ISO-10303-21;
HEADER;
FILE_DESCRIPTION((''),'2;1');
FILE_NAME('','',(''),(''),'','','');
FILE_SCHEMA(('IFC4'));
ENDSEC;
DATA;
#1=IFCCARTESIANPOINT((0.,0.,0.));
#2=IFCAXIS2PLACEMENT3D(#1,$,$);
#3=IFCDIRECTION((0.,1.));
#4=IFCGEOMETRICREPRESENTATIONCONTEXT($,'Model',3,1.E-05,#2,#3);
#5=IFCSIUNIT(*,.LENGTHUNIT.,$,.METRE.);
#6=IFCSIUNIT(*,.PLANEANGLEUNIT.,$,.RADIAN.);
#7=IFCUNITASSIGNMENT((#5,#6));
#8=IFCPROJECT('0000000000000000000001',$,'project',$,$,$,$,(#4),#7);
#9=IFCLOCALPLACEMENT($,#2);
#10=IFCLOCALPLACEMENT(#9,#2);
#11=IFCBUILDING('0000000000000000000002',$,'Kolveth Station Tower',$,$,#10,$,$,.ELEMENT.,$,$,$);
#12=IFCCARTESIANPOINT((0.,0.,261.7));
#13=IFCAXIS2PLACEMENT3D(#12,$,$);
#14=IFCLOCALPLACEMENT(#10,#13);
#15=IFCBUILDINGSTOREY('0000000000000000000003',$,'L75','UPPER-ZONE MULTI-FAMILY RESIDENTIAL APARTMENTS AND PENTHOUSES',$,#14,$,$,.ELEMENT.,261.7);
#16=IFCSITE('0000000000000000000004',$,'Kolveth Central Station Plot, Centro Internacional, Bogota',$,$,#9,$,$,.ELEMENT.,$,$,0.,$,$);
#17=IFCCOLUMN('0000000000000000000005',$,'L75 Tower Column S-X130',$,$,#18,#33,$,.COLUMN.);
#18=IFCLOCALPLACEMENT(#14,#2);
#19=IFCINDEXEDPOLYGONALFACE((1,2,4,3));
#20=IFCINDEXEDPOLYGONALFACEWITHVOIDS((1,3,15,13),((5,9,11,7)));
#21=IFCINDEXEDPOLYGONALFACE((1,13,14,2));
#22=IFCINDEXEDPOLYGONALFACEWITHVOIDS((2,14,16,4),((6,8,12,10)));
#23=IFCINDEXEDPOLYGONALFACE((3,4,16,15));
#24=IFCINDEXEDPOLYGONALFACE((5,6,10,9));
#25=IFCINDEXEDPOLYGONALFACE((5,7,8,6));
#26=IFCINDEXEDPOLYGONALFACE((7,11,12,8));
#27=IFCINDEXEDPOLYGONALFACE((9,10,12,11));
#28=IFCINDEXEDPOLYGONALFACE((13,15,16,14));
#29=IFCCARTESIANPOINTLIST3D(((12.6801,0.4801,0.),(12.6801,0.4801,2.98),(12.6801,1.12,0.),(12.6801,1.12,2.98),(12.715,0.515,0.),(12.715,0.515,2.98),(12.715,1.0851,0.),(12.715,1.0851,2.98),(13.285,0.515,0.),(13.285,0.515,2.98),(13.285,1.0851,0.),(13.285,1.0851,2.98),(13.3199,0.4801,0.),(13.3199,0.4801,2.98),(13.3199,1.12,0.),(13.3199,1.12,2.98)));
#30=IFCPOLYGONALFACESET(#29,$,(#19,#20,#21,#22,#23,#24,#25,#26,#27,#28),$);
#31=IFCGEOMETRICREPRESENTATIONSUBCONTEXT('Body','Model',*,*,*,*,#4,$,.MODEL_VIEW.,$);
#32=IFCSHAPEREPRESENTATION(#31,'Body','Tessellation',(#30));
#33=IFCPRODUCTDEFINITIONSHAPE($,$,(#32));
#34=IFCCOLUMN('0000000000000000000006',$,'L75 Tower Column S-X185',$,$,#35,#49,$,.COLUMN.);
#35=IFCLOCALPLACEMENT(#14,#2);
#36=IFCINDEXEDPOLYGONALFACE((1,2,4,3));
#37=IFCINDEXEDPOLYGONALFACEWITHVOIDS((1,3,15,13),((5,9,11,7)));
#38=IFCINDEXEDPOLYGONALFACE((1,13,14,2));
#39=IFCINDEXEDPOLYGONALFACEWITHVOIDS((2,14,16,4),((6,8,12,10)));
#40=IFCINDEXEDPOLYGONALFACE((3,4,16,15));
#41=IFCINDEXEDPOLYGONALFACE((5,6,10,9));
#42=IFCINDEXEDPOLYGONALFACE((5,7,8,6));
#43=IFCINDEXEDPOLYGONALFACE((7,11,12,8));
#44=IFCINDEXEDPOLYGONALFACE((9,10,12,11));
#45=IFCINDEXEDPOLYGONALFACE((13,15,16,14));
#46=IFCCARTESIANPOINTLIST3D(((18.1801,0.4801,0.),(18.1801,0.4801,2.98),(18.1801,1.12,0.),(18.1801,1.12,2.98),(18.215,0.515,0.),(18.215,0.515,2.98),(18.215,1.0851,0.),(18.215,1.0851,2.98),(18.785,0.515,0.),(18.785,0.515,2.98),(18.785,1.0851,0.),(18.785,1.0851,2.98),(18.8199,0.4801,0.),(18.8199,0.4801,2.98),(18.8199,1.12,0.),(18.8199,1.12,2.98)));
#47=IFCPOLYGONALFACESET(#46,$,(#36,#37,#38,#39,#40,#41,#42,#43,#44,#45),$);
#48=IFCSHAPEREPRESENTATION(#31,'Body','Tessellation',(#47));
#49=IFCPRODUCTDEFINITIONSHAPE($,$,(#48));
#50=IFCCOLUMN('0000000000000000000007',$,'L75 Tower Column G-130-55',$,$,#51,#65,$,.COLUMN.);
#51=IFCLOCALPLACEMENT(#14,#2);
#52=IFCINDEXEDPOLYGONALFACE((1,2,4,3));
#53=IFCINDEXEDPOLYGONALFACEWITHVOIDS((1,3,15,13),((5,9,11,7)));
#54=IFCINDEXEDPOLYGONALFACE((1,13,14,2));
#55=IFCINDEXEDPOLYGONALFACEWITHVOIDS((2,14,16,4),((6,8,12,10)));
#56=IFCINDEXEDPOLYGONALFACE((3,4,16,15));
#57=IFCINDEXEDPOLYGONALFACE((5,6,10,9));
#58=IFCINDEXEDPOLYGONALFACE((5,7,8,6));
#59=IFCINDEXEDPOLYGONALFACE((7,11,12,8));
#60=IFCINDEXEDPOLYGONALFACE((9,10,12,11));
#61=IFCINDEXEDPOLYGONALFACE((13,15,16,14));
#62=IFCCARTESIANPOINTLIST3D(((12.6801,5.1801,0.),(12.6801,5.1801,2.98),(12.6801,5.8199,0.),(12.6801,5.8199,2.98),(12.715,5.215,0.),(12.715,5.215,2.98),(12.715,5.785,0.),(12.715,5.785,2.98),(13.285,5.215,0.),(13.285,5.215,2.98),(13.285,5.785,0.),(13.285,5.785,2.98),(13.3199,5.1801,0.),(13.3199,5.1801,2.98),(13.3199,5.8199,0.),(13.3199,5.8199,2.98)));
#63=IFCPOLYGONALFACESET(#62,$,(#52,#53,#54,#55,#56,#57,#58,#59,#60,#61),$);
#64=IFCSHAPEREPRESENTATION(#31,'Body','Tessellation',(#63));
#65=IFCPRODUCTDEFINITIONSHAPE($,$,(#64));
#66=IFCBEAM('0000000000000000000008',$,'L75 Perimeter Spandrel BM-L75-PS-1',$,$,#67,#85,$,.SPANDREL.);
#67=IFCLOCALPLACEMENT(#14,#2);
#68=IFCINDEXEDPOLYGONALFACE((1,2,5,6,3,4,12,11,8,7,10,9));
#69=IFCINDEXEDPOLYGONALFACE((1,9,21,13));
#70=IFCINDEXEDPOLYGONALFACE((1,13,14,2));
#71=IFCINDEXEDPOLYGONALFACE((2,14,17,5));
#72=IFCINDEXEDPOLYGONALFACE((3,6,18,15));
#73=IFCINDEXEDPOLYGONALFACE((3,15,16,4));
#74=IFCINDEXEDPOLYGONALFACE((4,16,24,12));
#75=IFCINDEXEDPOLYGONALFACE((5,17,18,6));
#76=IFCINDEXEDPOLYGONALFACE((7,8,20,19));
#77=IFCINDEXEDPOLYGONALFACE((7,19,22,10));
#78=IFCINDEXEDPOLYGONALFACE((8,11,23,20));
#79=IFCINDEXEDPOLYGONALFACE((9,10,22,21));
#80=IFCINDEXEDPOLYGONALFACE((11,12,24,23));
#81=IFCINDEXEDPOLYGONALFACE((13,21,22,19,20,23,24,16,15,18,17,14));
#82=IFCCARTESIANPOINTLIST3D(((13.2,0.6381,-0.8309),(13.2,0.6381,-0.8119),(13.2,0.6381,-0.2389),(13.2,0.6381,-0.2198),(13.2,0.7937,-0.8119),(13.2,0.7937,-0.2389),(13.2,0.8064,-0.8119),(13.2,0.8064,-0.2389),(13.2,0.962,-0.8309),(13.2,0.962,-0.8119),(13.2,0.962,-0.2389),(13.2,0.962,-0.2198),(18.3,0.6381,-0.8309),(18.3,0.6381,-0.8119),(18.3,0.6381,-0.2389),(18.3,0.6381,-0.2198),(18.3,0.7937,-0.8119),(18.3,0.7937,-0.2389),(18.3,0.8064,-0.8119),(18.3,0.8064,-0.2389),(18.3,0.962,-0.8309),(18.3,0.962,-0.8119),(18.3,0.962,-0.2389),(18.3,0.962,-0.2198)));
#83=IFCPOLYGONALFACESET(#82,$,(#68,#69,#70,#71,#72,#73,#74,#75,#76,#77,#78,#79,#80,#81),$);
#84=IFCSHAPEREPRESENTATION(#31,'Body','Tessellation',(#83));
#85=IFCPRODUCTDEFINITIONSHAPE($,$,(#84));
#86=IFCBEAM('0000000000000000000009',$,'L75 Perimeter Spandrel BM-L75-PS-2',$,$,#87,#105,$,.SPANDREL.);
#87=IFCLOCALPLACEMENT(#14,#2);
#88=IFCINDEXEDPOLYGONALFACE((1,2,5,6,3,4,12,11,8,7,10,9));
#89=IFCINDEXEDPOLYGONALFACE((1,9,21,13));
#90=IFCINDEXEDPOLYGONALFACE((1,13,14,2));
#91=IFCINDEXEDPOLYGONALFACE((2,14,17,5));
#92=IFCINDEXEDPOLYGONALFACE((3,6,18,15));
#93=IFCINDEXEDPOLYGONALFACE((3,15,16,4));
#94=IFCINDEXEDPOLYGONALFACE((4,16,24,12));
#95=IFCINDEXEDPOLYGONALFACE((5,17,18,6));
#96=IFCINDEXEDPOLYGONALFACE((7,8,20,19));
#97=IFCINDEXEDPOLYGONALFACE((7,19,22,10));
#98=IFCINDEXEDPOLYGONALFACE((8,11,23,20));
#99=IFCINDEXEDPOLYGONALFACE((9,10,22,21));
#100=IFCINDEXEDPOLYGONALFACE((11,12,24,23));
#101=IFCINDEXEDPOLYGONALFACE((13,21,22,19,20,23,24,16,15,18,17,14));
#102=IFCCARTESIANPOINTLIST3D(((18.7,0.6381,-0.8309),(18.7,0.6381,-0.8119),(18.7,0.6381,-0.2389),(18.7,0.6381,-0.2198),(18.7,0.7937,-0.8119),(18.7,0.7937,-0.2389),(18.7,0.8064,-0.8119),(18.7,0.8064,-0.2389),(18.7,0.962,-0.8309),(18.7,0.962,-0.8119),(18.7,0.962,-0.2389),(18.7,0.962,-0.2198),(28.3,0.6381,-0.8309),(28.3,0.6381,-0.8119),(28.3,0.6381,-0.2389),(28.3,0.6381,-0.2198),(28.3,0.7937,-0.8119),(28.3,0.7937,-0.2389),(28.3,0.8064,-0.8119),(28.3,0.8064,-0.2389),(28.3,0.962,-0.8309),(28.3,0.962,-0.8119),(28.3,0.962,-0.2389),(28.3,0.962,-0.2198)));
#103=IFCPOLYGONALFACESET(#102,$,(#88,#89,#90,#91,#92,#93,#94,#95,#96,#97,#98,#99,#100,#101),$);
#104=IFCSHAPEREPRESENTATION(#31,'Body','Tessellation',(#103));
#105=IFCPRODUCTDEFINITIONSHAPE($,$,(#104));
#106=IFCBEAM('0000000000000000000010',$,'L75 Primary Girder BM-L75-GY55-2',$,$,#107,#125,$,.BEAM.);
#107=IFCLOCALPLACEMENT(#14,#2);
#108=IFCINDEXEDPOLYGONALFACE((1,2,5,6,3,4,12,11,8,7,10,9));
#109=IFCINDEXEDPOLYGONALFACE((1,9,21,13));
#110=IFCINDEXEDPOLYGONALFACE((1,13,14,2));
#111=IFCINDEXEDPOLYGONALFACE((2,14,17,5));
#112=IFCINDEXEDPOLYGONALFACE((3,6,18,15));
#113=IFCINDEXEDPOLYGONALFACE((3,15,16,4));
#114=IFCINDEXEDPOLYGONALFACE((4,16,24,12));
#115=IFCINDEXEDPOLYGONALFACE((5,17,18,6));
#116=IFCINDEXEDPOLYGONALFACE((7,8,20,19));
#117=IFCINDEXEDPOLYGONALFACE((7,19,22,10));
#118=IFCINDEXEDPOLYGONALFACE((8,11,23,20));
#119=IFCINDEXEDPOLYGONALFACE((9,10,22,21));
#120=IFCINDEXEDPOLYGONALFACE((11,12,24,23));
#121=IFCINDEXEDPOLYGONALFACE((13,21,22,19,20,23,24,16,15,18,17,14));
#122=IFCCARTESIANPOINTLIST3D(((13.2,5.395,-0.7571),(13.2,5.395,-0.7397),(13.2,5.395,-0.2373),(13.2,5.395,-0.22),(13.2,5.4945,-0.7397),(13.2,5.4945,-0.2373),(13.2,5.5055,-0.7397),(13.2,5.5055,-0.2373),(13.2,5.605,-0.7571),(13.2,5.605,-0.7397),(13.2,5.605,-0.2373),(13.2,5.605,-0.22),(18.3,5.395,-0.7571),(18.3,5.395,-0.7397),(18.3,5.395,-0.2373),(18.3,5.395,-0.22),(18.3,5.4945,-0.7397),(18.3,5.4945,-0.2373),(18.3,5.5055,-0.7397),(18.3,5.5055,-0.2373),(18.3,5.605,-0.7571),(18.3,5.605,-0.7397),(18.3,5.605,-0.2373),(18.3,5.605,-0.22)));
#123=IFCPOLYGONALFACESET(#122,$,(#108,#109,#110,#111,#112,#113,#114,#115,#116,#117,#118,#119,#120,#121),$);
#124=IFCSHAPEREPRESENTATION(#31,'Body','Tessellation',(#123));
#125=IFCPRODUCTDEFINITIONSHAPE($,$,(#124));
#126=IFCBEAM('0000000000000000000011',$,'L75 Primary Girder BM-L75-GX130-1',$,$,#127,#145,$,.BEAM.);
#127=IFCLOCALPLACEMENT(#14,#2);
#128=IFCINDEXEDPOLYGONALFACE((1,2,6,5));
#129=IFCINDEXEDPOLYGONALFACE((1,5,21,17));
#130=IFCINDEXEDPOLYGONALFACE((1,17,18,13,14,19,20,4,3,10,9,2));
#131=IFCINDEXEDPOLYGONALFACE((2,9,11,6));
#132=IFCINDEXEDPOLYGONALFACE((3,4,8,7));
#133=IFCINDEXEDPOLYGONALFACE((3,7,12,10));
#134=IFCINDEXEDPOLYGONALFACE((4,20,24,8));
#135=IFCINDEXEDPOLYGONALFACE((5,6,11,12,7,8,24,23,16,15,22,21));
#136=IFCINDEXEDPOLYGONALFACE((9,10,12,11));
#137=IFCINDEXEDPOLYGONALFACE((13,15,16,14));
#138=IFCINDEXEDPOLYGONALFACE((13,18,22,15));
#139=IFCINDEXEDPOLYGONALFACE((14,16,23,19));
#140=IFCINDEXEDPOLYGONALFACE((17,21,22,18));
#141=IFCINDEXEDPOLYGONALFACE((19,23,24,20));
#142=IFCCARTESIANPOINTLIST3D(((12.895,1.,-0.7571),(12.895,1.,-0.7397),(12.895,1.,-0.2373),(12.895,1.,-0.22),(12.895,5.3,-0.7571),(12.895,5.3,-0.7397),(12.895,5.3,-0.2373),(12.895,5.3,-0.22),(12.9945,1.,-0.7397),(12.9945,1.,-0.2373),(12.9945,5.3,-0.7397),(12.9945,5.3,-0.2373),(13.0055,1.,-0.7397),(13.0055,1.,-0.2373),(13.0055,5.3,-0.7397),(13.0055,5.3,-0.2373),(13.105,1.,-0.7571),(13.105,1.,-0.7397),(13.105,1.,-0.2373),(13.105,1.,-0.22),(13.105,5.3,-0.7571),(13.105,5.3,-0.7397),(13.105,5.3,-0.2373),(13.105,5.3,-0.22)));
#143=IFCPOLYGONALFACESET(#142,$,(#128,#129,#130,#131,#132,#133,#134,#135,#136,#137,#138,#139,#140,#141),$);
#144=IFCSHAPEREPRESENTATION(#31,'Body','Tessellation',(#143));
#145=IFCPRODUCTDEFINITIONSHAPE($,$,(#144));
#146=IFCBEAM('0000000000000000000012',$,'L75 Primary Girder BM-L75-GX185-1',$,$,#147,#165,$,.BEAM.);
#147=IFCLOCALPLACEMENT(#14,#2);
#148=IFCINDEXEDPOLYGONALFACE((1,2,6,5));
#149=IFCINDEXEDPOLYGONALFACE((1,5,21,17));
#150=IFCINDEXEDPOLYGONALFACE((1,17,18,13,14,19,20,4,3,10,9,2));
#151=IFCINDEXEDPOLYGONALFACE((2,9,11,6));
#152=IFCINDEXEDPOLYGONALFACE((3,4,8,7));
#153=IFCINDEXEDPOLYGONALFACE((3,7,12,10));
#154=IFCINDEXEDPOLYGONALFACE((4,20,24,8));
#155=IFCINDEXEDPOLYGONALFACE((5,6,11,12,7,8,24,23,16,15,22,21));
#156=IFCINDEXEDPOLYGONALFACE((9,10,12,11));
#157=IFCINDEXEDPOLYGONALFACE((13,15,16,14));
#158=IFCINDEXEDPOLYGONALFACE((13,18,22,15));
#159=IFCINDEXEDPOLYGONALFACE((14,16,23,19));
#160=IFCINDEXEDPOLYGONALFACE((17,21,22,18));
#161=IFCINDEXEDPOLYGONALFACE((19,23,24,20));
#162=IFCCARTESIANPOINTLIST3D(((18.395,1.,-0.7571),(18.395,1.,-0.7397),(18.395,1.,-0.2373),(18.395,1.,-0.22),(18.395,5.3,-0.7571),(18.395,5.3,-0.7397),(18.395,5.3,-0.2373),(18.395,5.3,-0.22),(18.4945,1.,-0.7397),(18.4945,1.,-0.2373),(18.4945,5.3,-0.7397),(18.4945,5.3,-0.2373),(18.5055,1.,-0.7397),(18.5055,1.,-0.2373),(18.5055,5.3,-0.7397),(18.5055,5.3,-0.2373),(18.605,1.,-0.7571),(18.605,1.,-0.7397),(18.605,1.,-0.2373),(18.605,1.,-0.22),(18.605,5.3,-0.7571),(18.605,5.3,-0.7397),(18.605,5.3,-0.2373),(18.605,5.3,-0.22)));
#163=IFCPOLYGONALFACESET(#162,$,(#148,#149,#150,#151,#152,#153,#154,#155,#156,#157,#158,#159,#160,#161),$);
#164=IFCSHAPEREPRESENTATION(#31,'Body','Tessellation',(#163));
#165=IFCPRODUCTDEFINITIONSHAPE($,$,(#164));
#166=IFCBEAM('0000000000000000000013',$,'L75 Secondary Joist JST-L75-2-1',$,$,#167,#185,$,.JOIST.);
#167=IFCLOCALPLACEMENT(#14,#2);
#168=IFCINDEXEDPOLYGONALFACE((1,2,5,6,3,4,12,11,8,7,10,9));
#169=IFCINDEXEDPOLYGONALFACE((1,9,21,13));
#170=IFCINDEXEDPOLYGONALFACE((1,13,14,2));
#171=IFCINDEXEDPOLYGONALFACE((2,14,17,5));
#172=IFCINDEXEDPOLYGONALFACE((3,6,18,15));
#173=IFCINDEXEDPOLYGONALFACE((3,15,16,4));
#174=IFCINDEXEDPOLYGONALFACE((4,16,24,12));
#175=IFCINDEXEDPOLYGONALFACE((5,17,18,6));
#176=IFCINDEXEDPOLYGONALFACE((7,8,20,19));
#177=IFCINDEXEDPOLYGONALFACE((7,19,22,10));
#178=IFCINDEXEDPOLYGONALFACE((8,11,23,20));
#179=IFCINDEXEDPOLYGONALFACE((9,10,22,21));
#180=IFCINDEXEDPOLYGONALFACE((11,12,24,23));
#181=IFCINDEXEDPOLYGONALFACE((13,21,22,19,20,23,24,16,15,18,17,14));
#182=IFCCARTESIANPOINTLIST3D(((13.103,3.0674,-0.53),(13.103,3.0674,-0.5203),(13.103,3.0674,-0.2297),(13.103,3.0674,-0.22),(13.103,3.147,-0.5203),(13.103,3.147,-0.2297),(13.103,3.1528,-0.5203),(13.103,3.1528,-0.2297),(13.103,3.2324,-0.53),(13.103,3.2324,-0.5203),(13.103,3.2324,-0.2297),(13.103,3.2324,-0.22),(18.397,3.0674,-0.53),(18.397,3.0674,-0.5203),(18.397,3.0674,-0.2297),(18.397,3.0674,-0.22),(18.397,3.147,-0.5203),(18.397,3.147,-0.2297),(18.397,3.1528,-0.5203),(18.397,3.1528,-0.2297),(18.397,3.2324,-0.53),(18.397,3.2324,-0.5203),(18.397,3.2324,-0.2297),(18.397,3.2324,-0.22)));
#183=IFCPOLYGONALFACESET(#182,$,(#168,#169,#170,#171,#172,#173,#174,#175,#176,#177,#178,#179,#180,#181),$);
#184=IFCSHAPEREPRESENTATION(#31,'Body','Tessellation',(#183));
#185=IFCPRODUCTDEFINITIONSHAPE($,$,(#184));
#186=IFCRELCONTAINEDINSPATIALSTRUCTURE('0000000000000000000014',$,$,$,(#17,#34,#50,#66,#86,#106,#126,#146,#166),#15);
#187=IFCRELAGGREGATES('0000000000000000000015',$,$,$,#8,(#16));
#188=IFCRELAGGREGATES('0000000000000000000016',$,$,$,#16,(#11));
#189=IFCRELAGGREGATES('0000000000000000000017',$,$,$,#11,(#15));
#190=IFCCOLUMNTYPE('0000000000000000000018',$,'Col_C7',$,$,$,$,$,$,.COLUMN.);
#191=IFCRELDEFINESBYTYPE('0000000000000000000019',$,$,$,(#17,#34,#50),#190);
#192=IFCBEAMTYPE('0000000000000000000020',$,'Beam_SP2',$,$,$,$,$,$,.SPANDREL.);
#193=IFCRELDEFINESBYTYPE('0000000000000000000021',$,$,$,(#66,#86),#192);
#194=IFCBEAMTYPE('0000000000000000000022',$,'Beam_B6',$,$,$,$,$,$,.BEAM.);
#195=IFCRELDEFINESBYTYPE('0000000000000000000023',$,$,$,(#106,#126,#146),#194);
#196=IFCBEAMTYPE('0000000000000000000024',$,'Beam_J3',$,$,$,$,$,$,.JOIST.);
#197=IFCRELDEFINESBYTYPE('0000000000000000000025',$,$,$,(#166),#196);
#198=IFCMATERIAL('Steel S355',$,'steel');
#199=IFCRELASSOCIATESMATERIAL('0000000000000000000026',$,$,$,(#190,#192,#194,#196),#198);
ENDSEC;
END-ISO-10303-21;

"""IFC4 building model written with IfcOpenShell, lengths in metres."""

from ifc_helpers import new_model, si_unit, direction, frame, origin, origin_2d, place, context, subcontext, project, spatial, hollow_rectangle, i_section, extrude, source, transform, mapped, material, material_profile, profile_set, type_object, element, save


model = new_model("IFC4")

# Units and contexts
model_context = context("Model", 3, precision=1e-05, world=origin(), true_north=direction((0.0, 1.0)))
body_context = subcontext(model_context, "Body", "Model", "MODEL_VIEW")
ifc_project = project(units=[si_unit("LENGTHUNIT", "METRE"), si_unit("PLANEANGLEUNIT", "RADIAN")], contexts=[model_context])

# Site, building, storey
site_placement = place(None, origin())
site = spatial("IfcSite", under=ifc_project, at=site_placement, Name="Kolveth Central Station Plot, Centro Internacional, Bogota", CompositionType="ELEMENT", RefElevation=0.0)
building_placement = place(site_placement, origin())
building = spatial("IfcBuilding", under=site, at=building_placement, Name="Kolveth Station Tower", CompositionType="ELEMENT")
storey_placement = place(building_placement, frame((0.0, 0.0, 261.7)))
storey = spatial("IfcBuildingStorey", under=building, at=storey_placement, Name="L75", Description="UPPER-ZONE MULTI-FAMILY RESIDENTIAL APARTMENTS AND PENTHOUSES", CompositionType="ELEMENT", Elevation=261.7)

# Columns
ifc_material_1 = material(Name="Steel S355", Category="steel")
ifc_material_profile_1 = material_profile(ifc_material_1, hollow_rectangle(XDim=0.6399, YDim=0.6399, WallThickness=0.0349, at=origin_2d()), Name="BOX640x640x35")
ifc_profile_set_1 = profile_set([ifc_material_profile_1], Name="Steel S355")
column_type = type_object("IfcColumnType", Name="Col_C7", PredefinedType="COLUMN", material=ifc_profile_set_1)
shared_shape_1 = source(origin(), body_context, "Body", "SweptSolid", [
    extrude(hollow_rectangle(XDim=0.6399, YDim=0.6399, WallThickness=0.0349, at=origin_2d()), origin(), (0.0, 0.0, 1.0), 2.98),
])
for number, where, z_axis, x_axis, name in (
    (1, (13.0, 0.8, 0.0), (0.0, 0.0, 1.0), (1.0, 0.0, 0.0), "L75 Tower Column S-X130"),
    (2, (18.5, 0.8, 0.0), (0.0, 0.0, 1.0), (1.0, 0.0, 0.0), "L75 Tower Column S-X185"),
    (3, (13.0, 5.5, 0.0), (0.0, 0.0, 1.0), (1.0, 0.0, 0.0), "L75 Tower Column G-130-55"),
):
    element("IfcColumn", number, at=place(storey_placement, frame(where, z_axis=z_axis, x_axis=x_axis)), inside=storey, type_object=column_type, Name=name, PredefinedType="COLUMN", context=body_context, shape_type="MappedRepresentation", body=[
        mapped(shared_shape_1, transform((0.0, 0.0, 0.0), x_axis=(1.0, 0.0, 0.0), y_axis=(0.0, 1.0, 0.0), z_axis=(0.0, 0.0, 1.0), scale=1.0)),
    ])

# Beams
ifc_material_profile_2 = material_profile(ifc_material_1, i_section(OverallWidth=0.324, OverallDepth=0.6111, WebThickness=0.0127, FlangeThickness=0.019, at=origin_2d()), Name="W610x155")
ifc_profile_set_2 = profile_set([ifc_material_profile_2], Name="Steel S355")
beam_type_1 = type_object("IfcBeamType", Name="Beam_SP2", PredefinedType="SPANDREL", material=ifc_profile_set_2)
shared_shape_2 = source(origin(), body_context, "Body", "SweptSolid", [
    extrude(i_section(OverallWidth=0.324, OverallDepth=0.6111, WebThickness=0.0127, FlangeThickness=0.019, at=origin_2d()), origin(), (0.0, 0.0, 1.0), 5.1001),
])
beam_1_placement = place(storey_placement, frame((13.2, 0.8, -0.5254), z_axis=(1.0, 0.0, 0.0), x_axis=(0.0, 1.0, 0.0)))
element("IfcBeam", 4, at=beam_1_placement, inside=storey, type_object=beam_type_1, Name="L75 Perimeter Spandrel BM-L75-PS-1", PredefinedType="SPANDREL", context=body_context, shape_type="MappedRepresentation", body=[
    mapped(shared_shape_2, transform((0.0, 0.0, 0.0), x_axis=(1.0, 0.0, 0.0), y_axis=(0.0, 1.0, 0.0), z_axis=(0.0, 0.0, 1.0), scale=1.0)),
])
shared_shape_3 = source(origin(), body_context, "Body", "SweptSolid", [
    extrude(i_section(OverallWidth=0.324, OverallDepth=0.6111, WebThickness=0.0127, FlangeThickness=0.019, at=origin_2d()), origin(), (0.0, 0.0, 1.0), 9.6001),
])
beam_2_placement = place(storey_placement, frame((18.7, 0.8, -0.5254), z_axis=(1.0, 0.0, 0.0), x_axis=(0.0, 1.0, 0.0)))
element("IfcBeam", 5, at=beam_2_placement, inside=storey, type_object=beam_type_1, Name="L75 Perimeter Spandrel BM-L75-PS-2", PredefinedType="SPANDREL", context=body_context, shape_type="MappedRepresentation", body=[
    mapped(shared_shape_3, transform((0.0, 0.0, 0.0), x_axis=(1.0, 0.0, 0.0), y_axis=(0.0, 1.0, 0.0), z_axis=(0.0, 0.0, 1.0), scale=1.0)),
])
ifc_material_profile_3 = material_profile(ifc_material_1, i_section(OverallWidth=0.21, OverallDepth=0.5371, WebThickness=0.011, FlangeThickness=0.0173, at=origin_2d()), Name="W530x101")
ifc_profile_set_3 = profile_set([ifc_material_profile_3], Name="Steel S355")
beam_type_2 = type_object("IfcBeamType", Name="Beam_B6", PredefinedType="BEAM", material=ifc_profile_set_3)
shared_shape_4 = source(origin(), body_context, "Body", "SweptSolid", [
    extrude(i_section(OverallWidth=0.21, OverallDepth=0.5371, WebThickness=0.011, FlangeThickness=0.0173, at=origin_2d()), origin(), (0.0, 0.0, 1.0), 5.1001),
])
beam_3_placement = place(storey_placement, frame((13.2, 5.5, -0.4885), z_axis=(1.0, 0.0, 0.0), x_axis=(0.0, 1.0, 0.0)))
element("IfcBeam", 6, at=beam_3_placement, inside=storey, type_object=beam_type_2, Name="L75 Primary Girder BM-L75-GY55-2", PredefinedType="BEAM", context=body_context, shape_type="MappedRepresentation", body=[
    mapped(shared_shape_4, transform((0.0, 0.0, 0.0), x_axis=(1.0, 0.0, 0.0), y_axis=(0.0, 1.0, 0.0), z_axis=(0.0, 0.0, 1.0), scale=1.0)),
])
shared_shape_5 = source(origin(), body_context, "Body", "SweptSolid", [
    extrude(i_section(OverallWidth=0.21, OverallDepth=0.5371, WebThickness=0.011, FlangeThickness=0.0173, at=origin_2d()), origin(), (0.0, 0.0, 1.0), 4.3),
])
for number, where, z_axis, x_axis, name in (
    (7, (13.0, 1.0, -0.4885), (0.0, 1.0, 0.0), (-1.0, 0.0, 0.0), "L75 Primary Girder BM-L75-GX130-1"),
    (8, (18.5, 1.0, -0.4885), (0.0, 1.0, 0.0), (-1.0, 0.0, 0.0), "L75 Primary Girder BM-L75-GX185-1"),
):
    element("IfcBeam", number, at=place(storey_placement, frame(where, z_axis=z_axis, x_axis=x_axis)), inside=storey, type_object=beam_type_2, Name=name, PredefinedType="BEAM", context=body_context, shape_type="MappedRepresentation", body=[
        mapped(shared_shape_5, transform((0.0, 0.0, 0.0), x_axis=(1.0, 0.0, 0.0), y_axis=(0.0, 1.0, 0.0), z_axis=(0.0, 0.0, 1.0), scale=1.0)),
    ])
ifc_material_profile_4 = material_profile(ifc_material_1, i_section(OverallWidth=0.165, OverallDepth=0.3101, WebThickness=0.0059, FlangeThickness=0.0098, at=origin_2d()), Name="W310x39")
ifc_profile_set_4 = profile_set([ifc_material_profile_4], Name="Steel S355")
beam_type_3 = type_object("IfcBeamType", Name="Beam_J3", PredefinedType="JOIST", material=ifc_profile_set_4)
shared_shape_6 = source(origin(), body_context, "Body", "SweptSolid", [
    extrude(i_section(OverallWidth=0.165, OverallDepth=0.3101, WebThickness=0.0059, FlangeThickness=0.0098, at=origin_2d()), origin(), (0.0, 0.0, 1.0), 5.2939),
])
beam_4_placement = place(storey_placement, frame((13.103, 3.1499, -0.375), z_axis=(1.0, 0.0, 0.0), x_axis=(0.0, 1.0, 0.0)))
element("IfcBeam", 9, at=beam_4_placement, inside=storey, type_object=beam_type_3, Name="L75 Secondary Joist JST-L75-2-1", PredefinedType="JOIST", context=body_context, shape_type="MappedRepresentation", body=[
    mapped(shared_shape_6, transform((0.0, 0.0, 0.0), x_axis=(1.0, 0.0, 0.0), y_axis=(0.0, 1.0, 0.0), z_axis=(0.0, 0.0, 1.0), scale=1.0)),
])

save(model, "model.ifc")
